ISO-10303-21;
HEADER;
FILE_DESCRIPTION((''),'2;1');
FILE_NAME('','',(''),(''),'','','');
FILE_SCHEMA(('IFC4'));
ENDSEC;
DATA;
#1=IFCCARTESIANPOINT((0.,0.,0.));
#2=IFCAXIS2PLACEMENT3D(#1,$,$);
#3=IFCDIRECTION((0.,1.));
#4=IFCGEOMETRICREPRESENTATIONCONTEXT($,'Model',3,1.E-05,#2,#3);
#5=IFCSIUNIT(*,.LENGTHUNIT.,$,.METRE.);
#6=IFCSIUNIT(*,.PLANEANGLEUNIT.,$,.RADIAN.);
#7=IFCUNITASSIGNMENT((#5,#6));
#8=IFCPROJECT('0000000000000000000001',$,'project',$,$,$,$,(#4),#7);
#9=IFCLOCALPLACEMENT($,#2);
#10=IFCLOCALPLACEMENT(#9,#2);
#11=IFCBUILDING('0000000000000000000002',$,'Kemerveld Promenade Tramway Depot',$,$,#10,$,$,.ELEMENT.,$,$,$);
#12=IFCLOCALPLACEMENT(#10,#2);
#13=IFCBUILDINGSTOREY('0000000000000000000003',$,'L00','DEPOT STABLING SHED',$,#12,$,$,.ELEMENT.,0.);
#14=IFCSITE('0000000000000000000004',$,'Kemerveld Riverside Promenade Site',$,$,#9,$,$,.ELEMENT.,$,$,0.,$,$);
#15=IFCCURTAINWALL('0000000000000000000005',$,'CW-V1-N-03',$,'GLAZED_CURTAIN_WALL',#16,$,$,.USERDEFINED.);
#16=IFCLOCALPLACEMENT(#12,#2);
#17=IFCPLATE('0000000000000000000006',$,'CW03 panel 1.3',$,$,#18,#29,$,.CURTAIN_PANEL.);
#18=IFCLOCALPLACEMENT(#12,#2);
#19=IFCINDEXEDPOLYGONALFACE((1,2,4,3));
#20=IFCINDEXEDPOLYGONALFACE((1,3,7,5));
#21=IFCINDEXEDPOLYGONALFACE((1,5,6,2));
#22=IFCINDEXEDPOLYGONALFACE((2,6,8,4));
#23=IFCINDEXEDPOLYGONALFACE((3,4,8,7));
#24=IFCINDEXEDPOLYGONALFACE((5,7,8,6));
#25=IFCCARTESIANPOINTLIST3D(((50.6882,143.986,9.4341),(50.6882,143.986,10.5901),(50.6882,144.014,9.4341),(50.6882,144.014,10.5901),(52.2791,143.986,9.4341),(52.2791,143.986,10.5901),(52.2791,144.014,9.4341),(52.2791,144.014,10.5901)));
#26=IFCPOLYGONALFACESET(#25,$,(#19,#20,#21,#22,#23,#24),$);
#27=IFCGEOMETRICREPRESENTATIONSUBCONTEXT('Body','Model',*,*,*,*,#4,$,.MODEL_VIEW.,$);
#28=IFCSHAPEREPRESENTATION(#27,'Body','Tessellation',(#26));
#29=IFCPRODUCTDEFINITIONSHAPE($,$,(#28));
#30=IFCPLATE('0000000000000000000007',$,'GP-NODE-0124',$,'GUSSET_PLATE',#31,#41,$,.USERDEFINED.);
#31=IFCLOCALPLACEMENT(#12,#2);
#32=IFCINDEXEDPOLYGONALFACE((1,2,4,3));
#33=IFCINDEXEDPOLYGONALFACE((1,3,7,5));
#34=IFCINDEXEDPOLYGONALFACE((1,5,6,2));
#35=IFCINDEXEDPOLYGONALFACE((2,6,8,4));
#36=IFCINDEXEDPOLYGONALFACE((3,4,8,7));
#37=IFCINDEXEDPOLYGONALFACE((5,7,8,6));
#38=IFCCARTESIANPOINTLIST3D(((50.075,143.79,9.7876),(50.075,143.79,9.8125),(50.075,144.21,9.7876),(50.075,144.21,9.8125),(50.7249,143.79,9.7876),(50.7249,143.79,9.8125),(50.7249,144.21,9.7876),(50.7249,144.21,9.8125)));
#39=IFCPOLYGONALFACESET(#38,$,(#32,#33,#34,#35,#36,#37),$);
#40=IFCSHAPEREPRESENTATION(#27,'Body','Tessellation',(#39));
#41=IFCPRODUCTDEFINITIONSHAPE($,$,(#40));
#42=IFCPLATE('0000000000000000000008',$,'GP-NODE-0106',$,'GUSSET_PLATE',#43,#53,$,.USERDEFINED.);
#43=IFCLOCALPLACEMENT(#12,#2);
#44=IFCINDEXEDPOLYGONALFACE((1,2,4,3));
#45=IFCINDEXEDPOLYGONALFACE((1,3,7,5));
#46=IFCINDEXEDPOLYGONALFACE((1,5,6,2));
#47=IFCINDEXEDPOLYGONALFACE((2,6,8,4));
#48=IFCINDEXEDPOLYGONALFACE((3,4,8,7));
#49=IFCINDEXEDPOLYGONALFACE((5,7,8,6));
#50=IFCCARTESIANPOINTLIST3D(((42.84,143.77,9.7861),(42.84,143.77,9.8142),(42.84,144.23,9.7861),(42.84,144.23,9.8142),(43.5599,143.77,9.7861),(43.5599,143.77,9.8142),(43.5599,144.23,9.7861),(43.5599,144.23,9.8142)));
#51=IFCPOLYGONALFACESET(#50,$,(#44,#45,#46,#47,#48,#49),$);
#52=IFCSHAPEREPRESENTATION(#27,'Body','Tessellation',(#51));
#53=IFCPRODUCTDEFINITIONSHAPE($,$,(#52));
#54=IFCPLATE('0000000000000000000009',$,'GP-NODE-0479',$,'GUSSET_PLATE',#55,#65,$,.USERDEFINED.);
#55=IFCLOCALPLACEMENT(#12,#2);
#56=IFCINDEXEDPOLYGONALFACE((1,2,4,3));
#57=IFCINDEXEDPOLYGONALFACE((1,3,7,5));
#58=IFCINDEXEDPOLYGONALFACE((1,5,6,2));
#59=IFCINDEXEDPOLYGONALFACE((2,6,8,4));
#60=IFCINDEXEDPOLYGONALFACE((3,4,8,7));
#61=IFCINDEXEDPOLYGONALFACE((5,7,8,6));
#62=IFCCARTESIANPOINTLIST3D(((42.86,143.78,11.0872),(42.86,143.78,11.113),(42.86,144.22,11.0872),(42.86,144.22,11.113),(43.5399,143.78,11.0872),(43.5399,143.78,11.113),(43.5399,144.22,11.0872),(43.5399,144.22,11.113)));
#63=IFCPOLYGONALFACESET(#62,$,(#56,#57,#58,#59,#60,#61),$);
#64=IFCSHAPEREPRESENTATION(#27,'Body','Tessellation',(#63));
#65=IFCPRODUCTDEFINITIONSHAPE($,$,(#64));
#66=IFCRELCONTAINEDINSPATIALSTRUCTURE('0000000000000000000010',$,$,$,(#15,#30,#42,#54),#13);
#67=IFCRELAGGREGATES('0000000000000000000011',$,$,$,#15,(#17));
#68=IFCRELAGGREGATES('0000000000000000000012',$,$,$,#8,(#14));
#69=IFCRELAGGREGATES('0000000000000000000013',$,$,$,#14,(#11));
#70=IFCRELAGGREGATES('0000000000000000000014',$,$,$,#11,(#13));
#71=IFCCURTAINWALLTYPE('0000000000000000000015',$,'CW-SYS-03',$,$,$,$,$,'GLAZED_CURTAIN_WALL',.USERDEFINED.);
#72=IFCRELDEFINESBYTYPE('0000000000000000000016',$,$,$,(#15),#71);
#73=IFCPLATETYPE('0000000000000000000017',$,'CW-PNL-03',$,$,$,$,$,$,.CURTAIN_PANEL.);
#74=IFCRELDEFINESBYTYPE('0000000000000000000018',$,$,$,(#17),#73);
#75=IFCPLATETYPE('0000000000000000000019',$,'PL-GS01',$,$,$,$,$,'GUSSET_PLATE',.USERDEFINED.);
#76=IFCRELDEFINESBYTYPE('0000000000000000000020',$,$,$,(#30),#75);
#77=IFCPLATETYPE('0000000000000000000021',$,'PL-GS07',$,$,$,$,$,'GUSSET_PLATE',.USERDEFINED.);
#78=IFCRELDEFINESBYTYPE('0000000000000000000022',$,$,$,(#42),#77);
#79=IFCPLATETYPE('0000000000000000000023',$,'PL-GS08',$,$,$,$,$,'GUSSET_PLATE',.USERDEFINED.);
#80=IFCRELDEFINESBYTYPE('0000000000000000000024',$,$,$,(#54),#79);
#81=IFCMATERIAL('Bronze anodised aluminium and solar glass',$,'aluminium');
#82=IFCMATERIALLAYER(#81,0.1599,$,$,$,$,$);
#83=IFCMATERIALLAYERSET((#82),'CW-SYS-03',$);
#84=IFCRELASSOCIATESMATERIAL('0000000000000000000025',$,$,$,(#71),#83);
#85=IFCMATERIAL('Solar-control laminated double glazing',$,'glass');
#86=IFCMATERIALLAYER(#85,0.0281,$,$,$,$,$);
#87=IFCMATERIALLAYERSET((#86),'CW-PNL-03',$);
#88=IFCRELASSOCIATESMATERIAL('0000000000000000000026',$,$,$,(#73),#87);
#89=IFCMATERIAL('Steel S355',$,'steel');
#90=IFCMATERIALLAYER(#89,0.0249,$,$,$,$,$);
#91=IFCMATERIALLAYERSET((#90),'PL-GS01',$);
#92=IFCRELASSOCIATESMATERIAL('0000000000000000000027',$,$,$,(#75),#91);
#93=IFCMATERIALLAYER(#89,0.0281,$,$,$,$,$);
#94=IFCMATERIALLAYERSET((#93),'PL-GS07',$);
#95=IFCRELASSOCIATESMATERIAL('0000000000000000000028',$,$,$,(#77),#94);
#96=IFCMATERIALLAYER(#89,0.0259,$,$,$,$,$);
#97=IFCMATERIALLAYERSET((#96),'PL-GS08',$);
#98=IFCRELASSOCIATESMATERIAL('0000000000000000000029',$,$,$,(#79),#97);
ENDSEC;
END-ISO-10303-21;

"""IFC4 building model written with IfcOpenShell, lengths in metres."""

from ifc_helpers import new_model, si_unit, direction, frame, origin, origin_2d, place, context, subcontext, project, spatial, rectangle, extrude, material, layer, layer_set, type_object, element, aggregate, save


model = new_model("IFC4")

# Units and contexts
model_context = context("Model", 3, precision=1e-05, world=origin(), true_north=direction((0.0, 1.0)))
body_context = subcontext(model_context, "Body", "Model", "MODEL_VIEW")
ifc_project = project(units=[si_unit("LENGTHUNIT", "METRE"), si_unit("PLANEANGLEUNIT", "RADIAN")], contexts=[model_context])

# Site, building, storey
site_placement = place(None, origin())
site = spatial("IfcSite", under=ifc_project, at=site_placement, Name="Kemerveld Riverside Promenade Site", CompositionType="ELEMENT", RefElevation=0.0)
building_placement = place(site_placement, origin())
building = spatial("IfcBuilding", under=site, at=building_placement, Name="Kemerveld Promenade Tramway Depot", CompositionType="ELEMENT")
storey_placement = place(building_placement, origin())
storey = spatial("IfcBuildingStorey", under=building, at=storey_placement, Name="L00", Description="DEPOT STABLING SHED", CompositionType="ELEMENT", Elevation=0.0)

# Shared definitions
ifc_material_1 = material(Name="Steel S355", Category="steel")

# Curtain wall
ifc_material_2 = material(Name="Bronze anodised aluminium and solar glass", Category="aluminium")
ifc_layer_1 = layer(ifc_material_2, 0.1599)
ifc_layer_set_1 = layer_set([ifc_layer_1], Name="CW-SYS-03")
curtain_wall_type_1 = type_object("IfcCurtainWallType", Name="CW-SYS-03", ElementType="GLAZED_CURTAIN_WALL", PredefinedType="USERDEFINED", material=ifc_layer_set_1)
curtain_wall_1_placement = place(storey_placement, origin())
curtain_wall_1 = element("IfcCurtainWall", 1, at=curtain_wall_1_placement, inside=storey, type_object=curtain_wall_type_1, Name="CW-V1-N-03", ObjectType="GLAZED_CURTAIN_WALL", PredefinedType="USERDEFINED")

# Plate
ifc_material_3 = material(Name="Solar-control laminated double glazing", Category="glass")
ifc_layer_2 = layer(ifc_material_3, 0.0281)
ifc_layer_set_2 = layer_set([ifc_layer_2], Name="CW-PNL-03")
plate_type_1 = type_object("IfcPlateType", Name="CW-PNL-03", PredefinedType="CURTAIN_PANEL", material=ifc_layer_set_2)
plate_1_placement = place(storey_placement, frame((51.4836, 144.0, 9.4341), z_axis=(0.0, 0.0, 1.0), x_axis=(1.0, 0.0, 0.0)))
plate_1 = element("IfcPlate", 2, at=plate_1_placement, type_object=plate_type_1, Name="CW03 panel 1.3", PredefinedType="CURTAIN_PANEL", context=body_context, shape_type="SweptSolid", body=[
    extrude(rectangle(XDim=1.5908, YDim=0.0281, at=origin_2d()), origin(), (0.0, 0.0, 1.0), 1.156),
])
aggregate(curtain_wall_1, [plate_1])

# Plates
ifc_layer_3 = layer(ifc_material_1, 0.0249)
ifc_layer_set_3 = layer_set([ifc_layer_3], Name="PL-GS01")
plate_type_2 = type_object("IfcPlateType", Name="PL-GS01", ElementType="GUSSET_PLATE", PredefinedType="USERDEFINED", material=ifc_layer_set_3)
plate_2_placement = place(storey_placement, frame((50.3999, 144.0, 9.7876), z_axis=(0.0, 0.0, 1.0), x_axis=(1.0, 0.0, 0.0)))
element("IfcPlate", 3, at=plate_2_placement, inside=storey, type_object=plate_type_2, Name="GP-NODE-0124", ObjectType="GUSSET_PLATE", PredefinedType="USERDEFINED", context=body_context, shape_type="SweptSolid", body=[
    extrude(rectangle(XDim=0.6499, YDim=0.4199, at=origin_2d()), origin(), (0.0, 0.0, 1.0), 0.0249),
])
ifc_layer_4 = layer(ifc_material_1, 0.0281)
ifc_layer_set_4 = layer_set([ifc_layer_4], Name="PL-GS07")
plate_type_3 = type_object("IfcPlateType", Name="PL-GS07", ElementType="GUSSET_PLATE", PredefinedType="USERDEFINED", material=ifc_layer_set_4)
plate_3_placement = place(storey_placement, frame((43.2, 144.0, 9.7861), z_axis=(0.0, 0.0, 1.0), x_axis=(1.0, 0.0, 0.0)))
element("IfcPlate", 4, at=plate_3_placement, inside=storey, type_object=plate_type_3, Name="GP-NODE-0106", ObjectType="GUSSET_PLATE", PredefinedType="USERDEFINED", context=body_context, shape_type="SweptSolid", body=[
    extrude(rectangle(XDim=0.72, YDim=0.46, at=origin_2d()), origin(), (0.0, 0.0, 1.0), 0.0281),
])
ifc_layer_5 = layer(ifc_material_1, 0.0259)
ifc_layer_set_5 = layer_set([ifc_layer_5], Name="PL-GS08")
plate_type_4 = type_object("IfcPlateType", Name="PL-GS08", ElementType="GUSSET_PLATE", PredefinedType="USERDEFINED", material=ifc_layer_set_5)
plate_4_placement = place(storey_placement, frame((43.2, 144.0, 11.0872), z_axis=(0.0, 0.0, 1.0), x_axis=(1.0, 0.0, 0.0)))
element("IfcPlate", 5, at=plate_4_placement, inside=storey, type_object=plate_type_4, Name="GP-NODE-0479", ObjectType="GUSSET_PLATE", PredefinedType="USERDEFINED", context=body_context, shape_type="SweptSolid", body=[
    extrude(rectangle(XDim=0.6799, YDim=0.4399, at=origin_2d()), origin(), (0.0, 0.0, 1.0), 0.0259),
])

save(model, "model.ifc")
